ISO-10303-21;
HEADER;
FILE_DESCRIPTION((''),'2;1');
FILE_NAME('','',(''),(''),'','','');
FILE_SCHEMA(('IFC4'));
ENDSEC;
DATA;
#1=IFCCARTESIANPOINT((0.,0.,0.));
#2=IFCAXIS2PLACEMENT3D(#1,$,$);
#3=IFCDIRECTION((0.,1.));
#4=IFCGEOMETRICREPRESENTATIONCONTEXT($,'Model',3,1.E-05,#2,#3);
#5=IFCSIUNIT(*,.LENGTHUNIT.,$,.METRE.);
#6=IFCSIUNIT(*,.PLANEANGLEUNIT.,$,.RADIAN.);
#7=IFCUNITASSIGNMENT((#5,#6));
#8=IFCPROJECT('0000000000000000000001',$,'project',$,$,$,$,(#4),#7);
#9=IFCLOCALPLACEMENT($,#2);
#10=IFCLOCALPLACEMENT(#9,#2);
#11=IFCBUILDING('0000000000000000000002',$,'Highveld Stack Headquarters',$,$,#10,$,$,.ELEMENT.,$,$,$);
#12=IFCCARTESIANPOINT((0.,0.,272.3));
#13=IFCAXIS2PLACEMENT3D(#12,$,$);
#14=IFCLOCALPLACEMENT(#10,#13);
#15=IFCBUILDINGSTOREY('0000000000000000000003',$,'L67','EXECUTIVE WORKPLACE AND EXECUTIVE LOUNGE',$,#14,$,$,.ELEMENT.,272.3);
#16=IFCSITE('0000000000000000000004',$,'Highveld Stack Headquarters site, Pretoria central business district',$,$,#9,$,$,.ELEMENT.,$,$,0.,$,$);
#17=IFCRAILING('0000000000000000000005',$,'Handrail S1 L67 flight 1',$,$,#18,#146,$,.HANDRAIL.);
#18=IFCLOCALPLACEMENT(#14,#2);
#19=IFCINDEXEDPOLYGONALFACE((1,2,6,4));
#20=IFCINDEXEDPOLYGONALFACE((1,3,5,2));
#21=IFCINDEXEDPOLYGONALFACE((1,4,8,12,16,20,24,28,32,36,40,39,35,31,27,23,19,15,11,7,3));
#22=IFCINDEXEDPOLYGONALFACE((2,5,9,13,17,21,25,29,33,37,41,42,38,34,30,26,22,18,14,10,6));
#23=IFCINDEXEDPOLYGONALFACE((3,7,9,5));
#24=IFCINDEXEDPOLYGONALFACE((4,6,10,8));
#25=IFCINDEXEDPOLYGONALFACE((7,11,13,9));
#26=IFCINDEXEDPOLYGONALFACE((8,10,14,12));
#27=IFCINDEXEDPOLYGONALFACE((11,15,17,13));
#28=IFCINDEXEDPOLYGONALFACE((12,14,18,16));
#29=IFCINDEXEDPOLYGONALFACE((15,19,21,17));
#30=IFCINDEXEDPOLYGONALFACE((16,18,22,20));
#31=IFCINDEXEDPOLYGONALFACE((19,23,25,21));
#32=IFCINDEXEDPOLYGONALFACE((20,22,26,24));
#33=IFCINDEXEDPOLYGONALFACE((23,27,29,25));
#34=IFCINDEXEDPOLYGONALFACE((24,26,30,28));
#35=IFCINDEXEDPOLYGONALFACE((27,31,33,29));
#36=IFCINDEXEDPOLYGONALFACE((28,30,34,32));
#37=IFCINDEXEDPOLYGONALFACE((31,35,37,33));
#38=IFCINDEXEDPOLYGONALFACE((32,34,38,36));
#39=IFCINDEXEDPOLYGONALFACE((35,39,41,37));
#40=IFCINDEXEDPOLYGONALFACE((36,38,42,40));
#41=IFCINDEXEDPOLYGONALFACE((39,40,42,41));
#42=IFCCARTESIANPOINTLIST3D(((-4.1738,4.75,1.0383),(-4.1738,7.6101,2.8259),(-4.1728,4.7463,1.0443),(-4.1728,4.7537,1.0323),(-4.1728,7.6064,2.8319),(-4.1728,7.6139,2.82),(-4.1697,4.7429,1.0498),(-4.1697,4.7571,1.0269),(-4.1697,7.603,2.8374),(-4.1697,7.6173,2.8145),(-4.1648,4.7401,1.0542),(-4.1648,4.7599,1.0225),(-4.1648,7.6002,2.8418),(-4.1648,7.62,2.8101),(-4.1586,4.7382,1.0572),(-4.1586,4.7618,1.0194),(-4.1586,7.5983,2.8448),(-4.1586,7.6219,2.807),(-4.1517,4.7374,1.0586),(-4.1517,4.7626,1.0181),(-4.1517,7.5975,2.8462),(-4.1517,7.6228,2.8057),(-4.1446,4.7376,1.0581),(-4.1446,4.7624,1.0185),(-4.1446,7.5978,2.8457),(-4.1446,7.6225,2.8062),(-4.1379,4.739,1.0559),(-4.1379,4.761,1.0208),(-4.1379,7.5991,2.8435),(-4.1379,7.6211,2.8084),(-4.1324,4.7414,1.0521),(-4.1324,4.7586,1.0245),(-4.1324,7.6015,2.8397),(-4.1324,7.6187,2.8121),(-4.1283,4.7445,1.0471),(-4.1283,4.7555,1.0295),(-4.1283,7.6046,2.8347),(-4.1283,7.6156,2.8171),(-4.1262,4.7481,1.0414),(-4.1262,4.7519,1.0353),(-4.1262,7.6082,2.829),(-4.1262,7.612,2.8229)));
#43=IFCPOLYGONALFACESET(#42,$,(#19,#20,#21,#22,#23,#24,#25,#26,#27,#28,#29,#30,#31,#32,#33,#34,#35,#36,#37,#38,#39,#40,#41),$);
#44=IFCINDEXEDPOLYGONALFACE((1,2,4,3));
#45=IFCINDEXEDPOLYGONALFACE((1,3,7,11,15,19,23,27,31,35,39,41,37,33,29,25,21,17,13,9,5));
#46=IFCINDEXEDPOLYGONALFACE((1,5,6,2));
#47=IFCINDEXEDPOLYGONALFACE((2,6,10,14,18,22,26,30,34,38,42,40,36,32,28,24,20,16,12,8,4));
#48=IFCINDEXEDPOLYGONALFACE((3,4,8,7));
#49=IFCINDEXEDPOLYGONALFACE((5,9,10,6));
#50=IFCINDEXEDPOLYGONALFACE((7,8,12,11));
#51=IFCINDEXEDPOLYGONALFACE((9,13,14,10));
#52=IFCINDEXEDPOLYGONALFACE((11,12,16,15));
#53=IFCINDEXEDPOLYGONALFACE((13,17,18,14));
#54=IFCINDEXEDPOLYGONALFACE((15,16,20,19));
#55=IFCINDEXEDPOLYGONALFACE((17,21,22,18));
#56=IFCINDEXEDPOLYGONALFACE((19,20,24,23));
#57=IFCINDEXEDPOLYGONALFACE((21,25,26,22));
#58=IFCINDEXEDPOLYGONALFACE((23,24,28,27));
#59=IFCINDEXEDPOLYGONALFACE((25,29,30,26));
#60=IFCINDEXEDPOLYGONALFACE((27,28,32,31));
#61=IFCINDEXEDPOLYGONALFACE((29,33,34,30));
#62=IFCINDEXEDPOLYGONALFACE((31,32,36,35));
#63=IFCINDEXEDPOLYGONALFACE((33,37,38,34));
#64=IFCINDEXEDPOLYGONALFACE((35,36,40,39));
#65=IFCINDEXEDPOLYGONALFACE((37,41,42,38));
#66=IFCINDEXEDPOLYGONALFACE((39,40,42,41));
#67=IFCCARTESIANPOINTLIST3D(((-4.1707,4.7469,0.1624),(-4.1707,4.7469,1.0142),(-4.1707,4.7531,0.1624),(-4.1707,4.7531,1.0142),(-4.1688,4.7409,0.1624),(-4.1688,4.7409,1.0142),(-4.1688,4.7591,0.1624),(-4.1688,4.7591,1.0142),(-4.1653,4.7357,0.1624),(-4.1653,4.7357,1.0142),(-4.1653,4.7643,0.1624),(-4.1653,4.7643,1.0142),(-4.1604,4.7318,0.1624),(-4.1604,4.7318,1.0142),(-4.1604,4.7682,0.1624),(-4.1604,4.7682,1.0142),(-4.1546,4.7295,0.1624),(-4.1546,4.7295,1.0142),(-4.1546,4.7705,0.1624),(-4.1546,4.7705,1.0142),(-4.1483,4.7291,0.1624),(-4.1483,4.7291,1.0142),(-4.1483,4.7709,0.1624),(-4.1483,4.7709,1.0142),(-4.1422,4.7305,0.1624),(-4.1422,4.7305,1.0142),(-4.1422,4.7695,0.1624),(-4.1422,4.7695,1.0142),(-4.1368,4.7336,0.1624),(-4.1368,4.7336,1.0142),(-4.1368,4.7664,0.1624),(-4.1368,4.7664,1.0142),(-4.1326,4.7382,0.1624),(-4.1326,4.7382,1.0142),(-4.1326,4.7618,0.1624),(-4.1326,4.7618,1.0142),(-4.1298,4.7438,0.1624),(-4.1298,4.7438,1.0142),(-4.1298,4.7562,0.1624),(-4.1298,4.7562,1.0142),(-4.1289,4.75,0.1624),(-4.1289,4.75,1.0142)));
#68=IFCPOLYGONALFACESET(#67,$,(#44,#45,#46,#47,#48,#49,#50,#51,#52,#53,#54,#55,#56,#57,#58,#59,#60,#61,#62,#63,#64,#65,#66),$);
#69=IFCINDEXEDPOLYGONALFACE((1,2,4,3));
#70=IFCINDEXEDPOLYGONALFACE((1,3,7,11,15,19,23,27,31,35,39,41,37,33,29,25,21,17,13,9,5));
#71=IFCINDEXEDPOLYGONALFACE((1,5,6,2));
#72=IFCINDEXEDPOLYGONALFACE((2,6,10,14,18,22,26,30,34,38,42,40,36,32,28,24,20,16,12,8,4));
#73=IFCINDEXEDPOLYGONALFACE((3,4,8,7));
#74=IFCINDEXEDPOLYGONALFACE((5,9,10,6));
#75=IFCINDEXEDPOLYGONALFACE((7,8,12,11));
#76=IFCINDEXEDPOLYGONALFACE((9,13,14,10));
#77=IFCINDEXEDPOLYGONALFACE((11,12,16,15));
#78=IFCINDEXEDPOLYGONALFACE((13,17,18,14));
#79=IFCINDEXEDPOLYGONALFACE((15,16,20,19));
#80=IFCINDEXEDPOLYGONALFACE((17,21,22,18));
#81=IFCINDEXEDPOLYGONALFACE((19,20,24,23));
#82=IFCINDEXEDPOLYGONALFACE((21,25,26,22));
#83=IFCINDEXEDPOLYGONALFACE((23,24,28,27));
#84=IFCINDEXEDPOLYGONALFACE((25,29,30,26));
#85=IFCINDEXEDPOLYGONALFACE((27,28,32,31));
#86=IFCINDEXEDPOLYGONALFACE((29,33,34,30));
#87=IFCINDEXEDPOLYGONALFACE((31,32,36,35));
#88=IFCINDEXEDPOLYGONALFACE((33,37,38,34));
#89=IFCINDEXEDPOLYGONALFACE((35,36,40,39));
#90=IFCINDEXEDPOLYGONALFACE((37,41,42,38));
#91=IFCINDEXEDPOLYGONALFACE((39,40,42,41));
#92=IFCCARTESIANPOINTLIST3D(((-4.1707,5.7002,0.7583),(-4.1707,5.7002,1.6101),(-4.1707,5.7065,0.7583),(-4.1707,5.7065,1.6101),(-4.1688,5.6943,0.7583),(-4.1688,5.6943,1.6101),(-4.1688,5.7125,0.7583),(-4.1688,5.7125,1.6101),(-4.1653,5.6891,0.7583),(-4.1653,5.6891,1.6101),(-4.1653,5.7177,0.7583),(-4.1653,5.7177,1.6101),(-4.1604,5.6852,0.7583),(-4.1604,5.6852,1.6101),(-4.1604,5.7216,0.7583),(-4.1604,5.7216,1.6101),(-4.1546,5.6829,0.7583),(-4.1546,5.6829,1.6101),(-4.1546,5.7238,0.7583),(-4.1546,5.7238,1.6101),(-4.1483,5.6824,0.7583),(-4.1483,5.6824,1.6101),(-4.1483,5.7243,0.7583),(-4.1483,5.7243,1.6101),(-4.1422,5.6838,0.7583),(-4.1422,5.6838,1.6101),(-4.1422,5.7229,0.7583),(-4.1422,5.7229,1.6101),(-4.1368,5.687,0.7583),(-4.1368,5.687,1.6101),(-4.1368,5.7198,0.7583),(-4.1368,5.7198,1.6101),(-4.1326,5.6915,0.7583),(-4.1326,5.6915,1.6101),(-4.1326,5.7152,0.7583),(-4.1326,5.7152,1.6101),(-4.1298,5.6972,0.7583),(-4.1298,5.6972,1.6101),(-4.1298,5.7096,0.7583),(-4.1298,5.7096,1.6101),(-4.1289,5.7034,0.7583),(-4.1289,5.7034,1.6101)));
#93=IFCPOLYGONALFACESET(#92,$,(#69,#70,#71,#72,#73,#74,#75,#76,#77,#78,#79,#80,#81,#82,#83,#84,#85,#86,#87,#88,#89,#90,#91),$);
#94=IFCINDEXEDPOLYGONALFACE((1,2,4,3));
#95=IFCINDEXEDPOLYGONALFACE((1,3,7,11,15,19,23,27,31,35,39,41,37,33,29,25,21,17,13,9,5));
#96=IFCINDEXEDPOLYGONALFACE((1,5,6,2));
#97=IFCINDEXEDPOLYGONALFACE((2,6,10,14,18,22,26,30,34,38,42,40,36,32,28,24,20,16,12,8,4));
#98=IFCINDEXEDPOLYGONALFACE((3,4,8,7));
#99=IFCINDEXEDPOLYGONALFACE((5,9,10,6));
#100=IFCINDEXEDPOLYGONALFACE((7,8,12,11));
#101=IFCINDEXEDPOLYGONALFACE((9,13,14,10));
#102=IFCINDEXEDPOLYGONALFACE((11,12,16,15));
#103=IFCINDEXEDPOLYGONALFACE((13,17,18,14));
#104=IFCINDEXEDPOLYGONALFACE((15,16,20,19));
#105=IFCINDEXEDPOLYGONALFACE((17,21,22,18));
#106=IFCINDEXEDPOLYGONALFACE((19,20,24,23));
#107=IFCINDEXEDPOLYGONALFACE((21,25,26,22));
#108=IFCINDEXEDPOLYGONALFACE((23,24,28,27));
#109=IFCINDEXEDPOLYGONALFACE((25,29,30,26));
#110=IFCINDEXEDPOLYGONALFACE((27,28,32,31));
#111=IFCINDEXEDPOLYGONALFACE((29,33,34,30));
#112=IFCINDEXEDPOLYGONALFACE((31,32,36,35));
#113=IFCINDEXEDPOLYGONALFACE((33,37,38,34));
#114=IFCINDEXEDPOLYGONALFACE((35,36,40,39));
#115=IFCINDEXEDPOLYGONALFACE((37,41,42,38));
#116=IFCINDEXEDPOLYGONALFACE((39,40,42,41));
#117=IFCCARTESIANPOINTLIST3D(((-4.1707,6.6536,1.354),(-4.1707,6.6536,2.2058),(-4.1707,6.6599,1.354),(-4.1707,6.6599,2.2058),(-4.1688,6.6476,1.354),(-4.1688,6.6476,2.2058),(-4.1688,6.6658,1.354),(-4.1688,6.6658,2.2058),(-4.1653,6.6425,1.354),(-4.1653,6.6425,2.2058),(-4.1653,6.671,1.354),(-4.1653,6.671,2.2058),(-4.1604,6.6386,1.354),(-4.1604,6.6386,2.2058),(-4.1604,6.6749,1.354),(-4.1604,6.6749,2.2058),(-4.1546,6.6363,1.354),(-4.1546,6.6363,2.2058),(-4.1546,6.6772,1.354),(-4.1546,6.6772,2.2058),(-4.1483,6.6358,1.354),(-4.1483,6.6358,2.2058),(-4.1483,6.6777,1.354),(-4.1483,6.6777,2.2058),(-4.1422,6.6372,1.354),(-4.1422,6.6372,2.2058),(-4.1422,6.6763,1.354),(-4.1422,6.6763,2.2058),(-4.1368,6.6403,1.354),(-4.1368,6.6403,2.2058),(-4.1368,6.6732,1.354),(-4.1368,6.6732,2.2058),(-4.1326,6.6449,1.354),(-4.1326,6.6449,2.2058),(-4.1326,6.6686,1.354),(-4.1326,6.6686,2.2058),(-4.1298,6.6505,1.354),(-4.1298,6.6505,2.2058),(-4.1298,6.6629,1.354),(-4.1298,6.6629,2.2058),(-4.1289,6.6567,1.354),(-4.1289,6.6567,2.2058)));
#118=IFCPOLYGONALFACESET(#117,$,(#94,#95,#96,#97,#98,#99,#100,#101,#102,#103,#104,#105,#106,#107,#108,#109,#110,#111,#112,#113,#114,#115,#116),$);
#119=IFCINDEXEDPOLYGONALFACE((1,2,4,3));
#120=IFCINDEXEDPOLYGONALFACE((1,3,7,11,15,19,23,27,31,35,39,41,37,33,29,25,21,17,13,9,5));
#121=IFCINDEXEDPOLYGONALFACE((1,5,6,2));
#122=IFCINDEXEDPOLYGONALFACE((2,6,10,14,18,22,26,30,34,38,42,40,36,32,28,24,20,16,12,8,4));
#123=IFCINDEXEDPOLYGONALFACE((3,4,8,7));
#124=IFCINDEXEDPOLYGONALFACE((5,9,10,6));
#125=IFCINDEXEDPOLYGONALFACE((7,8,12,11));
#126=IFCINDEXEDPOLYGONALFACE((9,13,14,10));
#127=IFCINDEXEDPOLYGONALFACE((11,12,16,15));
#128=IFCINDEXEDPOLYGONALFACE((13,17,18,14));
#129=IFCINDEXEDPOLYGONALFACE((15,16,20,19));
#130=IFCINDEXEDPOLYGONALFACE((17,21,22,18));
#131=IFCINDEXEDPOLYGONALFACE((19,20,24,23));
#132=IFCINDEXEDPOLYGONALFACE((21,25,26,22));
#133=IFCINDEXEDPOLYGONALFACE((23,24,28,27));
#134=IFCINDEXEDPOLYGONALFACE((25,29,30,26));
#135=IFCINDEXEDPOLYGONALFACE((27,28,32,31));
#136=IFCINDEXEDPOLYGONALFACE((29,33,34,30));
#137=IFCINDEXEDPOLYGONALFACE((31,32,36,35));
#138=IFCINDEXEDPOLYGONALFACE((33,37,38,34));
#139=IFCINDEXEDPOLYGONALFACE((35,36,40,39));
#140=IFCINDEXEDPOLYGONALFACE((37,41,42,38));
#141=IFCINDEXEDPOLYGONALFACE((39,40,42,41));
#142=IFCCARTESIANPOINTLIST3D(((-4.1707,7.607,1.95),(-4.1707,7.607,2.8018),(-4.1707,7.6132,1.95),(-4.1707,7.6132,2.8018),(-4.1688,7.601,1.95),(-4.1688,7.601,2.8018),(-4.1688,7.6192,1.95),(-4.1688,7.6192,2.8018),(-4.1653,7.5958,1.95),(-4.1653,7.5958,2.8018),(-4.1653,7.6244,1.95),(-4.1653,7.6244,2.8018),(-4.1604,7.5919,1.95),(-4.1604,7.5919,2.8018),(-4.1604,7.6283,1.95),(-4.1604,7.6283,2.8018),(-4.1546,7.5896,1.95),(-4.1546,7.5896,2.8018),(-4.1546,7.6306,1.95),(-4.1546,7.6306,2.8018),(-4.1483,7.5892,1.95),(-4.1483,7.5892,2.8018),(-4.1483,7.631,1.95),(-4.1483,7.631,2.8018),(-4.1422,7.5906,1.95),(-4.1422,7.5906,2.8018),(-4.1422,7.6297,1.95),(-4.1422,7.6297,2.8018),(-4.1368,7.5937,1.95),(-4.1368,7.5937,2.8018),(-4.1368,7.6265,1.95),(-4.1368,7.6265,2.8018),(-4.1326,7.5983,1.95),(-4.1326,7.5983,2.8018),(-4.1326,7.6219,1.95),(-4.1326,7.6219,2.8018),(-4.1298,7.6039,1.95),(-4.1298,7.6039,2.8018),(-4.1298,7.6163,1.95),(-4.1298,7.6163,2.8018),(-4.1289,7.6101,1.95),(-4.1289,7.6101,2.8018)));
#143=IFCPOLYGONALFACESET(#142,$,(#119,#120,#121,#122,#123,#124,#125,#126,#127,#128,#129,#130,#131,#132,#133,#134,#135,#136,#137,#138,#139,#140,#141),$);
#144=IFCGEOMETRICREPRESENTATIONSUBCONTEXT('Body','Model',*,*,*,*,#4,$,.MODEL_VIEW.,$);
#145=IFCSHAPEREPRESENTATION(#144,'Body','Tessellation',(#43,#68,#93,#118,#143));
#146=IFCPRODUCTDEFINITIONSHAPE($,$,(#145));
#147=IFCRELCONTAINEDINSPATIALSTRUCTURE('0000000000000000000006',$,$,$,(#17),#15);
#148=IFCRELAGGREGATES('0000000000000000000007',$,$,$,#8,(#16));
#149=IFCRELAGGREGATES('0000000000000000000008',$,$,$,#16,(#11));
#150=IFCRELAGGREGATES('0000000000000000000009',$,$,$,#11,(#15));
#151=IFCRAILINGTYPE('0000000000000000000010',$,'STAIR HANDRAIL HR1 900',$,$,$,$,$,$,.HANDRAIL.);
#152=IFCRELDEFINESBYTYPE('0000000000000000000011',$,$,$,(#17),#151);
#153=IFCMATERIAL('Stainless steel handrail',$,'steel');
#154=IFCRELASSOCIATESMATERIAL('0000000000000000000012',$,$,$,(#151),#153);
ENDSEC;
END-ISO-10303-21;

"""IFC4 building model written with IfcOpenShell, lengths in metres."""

from ifc_helpers import new_model, si_unit, direction, frame, origin, origin_2d, place, context, subcontext, project, spatial, circle, extrude, material, type_object, element, save


model = new_model("IFC4")

# Units and contexts
model_context = context("Model", 3, precision=1e-05, world=origin(), true_north=direction((0.0, 1.0)))
body_context = subcontext(model_context, "Body", "Model", "MODEL_VIEW")
ifc_project = project(units=[si_unit("LENGTHUNIT", "METRE"), si_unit("PLANEANGLEUNIT", "RADIAN")], contexts=[model_context])

# Site, building, storey
site_placement = place(None, origin())
site = spatial("IfcSite", under=ifc_project, at=site_placement, Name="Highveld Stack Headquarters site, Pretoria central business district", CompositionType="ELEMENT", RefElevation=0.0)
building_placement = place(site_placement, origin())
building = spatial("IfcBuilding", under=site, at=building_placement, Name="Highveld Stack Headquarters", CompositionType="ELEMENT")
storey_placement = place(building_placement, frame((0.0, 0.0, 272.3)))
storey = spatial("IfcBuildingStorey", under=building, at=storey_placement, Name="L67", Description="EXECUTIVE WORKPLACE AND EXECUTIVE LOUNGE", CompositionType="ELEMENT", Elevation=272.3)

# Railing
ifc_material_1 = material(Name="Stainless steel handrail", Category="steel")
railing_type = type_object("IfcRailingType", Name="STAIR HANDRAIL HR1 900", PredefinedType="HANDRAIL", material=ifc_material_1)
for number, where, name in (
    (1, (-4.1499, 4.75, 0.1624), "Handrail S1 L67 flight 1"),
):
    element("IfcRailing", number, at=place(storey_placement, frame(where)), inside=storey, type_object=railing_type, Name=name, PredefinedType="HANDRAIL", context=body_context, shape_type="SweptSolid", body=[
        extrude(circle(Radius=0.0239, at=origin_2d()), frame((0.0, 0.0, 0.876), z_axis=(0.0, 0.847994, 0.530005), x_axis=(-1.0, 0.0, 0.0)), (0.0, 0.0, 1.0), 3.3728),
        extrude(circle(Radius=0.021, at=origin_2d()), origin(), (0.0, 0.0, 1.0), 0.8518),
        extrude(circle(Radius=0.021, at=origin_2d()), frame((0.0, 0.9534, 0.5959)), (0.0, 0.0, 1.0), 0.8518),
        extrude(circle(Radius=0.021, at=origin_2d()), frame((0.0, 1.9067, 1.1917)), (0.0, 0.0, 1.0), 0.8518),
        extrude(circle(Radius=0.021, at=origin_2d()), frame((0.0, 2.8601, 1.7876)), (0.0, 0.0, 1.0), 0.8518),
    ])

save(model, "model.ifc")
